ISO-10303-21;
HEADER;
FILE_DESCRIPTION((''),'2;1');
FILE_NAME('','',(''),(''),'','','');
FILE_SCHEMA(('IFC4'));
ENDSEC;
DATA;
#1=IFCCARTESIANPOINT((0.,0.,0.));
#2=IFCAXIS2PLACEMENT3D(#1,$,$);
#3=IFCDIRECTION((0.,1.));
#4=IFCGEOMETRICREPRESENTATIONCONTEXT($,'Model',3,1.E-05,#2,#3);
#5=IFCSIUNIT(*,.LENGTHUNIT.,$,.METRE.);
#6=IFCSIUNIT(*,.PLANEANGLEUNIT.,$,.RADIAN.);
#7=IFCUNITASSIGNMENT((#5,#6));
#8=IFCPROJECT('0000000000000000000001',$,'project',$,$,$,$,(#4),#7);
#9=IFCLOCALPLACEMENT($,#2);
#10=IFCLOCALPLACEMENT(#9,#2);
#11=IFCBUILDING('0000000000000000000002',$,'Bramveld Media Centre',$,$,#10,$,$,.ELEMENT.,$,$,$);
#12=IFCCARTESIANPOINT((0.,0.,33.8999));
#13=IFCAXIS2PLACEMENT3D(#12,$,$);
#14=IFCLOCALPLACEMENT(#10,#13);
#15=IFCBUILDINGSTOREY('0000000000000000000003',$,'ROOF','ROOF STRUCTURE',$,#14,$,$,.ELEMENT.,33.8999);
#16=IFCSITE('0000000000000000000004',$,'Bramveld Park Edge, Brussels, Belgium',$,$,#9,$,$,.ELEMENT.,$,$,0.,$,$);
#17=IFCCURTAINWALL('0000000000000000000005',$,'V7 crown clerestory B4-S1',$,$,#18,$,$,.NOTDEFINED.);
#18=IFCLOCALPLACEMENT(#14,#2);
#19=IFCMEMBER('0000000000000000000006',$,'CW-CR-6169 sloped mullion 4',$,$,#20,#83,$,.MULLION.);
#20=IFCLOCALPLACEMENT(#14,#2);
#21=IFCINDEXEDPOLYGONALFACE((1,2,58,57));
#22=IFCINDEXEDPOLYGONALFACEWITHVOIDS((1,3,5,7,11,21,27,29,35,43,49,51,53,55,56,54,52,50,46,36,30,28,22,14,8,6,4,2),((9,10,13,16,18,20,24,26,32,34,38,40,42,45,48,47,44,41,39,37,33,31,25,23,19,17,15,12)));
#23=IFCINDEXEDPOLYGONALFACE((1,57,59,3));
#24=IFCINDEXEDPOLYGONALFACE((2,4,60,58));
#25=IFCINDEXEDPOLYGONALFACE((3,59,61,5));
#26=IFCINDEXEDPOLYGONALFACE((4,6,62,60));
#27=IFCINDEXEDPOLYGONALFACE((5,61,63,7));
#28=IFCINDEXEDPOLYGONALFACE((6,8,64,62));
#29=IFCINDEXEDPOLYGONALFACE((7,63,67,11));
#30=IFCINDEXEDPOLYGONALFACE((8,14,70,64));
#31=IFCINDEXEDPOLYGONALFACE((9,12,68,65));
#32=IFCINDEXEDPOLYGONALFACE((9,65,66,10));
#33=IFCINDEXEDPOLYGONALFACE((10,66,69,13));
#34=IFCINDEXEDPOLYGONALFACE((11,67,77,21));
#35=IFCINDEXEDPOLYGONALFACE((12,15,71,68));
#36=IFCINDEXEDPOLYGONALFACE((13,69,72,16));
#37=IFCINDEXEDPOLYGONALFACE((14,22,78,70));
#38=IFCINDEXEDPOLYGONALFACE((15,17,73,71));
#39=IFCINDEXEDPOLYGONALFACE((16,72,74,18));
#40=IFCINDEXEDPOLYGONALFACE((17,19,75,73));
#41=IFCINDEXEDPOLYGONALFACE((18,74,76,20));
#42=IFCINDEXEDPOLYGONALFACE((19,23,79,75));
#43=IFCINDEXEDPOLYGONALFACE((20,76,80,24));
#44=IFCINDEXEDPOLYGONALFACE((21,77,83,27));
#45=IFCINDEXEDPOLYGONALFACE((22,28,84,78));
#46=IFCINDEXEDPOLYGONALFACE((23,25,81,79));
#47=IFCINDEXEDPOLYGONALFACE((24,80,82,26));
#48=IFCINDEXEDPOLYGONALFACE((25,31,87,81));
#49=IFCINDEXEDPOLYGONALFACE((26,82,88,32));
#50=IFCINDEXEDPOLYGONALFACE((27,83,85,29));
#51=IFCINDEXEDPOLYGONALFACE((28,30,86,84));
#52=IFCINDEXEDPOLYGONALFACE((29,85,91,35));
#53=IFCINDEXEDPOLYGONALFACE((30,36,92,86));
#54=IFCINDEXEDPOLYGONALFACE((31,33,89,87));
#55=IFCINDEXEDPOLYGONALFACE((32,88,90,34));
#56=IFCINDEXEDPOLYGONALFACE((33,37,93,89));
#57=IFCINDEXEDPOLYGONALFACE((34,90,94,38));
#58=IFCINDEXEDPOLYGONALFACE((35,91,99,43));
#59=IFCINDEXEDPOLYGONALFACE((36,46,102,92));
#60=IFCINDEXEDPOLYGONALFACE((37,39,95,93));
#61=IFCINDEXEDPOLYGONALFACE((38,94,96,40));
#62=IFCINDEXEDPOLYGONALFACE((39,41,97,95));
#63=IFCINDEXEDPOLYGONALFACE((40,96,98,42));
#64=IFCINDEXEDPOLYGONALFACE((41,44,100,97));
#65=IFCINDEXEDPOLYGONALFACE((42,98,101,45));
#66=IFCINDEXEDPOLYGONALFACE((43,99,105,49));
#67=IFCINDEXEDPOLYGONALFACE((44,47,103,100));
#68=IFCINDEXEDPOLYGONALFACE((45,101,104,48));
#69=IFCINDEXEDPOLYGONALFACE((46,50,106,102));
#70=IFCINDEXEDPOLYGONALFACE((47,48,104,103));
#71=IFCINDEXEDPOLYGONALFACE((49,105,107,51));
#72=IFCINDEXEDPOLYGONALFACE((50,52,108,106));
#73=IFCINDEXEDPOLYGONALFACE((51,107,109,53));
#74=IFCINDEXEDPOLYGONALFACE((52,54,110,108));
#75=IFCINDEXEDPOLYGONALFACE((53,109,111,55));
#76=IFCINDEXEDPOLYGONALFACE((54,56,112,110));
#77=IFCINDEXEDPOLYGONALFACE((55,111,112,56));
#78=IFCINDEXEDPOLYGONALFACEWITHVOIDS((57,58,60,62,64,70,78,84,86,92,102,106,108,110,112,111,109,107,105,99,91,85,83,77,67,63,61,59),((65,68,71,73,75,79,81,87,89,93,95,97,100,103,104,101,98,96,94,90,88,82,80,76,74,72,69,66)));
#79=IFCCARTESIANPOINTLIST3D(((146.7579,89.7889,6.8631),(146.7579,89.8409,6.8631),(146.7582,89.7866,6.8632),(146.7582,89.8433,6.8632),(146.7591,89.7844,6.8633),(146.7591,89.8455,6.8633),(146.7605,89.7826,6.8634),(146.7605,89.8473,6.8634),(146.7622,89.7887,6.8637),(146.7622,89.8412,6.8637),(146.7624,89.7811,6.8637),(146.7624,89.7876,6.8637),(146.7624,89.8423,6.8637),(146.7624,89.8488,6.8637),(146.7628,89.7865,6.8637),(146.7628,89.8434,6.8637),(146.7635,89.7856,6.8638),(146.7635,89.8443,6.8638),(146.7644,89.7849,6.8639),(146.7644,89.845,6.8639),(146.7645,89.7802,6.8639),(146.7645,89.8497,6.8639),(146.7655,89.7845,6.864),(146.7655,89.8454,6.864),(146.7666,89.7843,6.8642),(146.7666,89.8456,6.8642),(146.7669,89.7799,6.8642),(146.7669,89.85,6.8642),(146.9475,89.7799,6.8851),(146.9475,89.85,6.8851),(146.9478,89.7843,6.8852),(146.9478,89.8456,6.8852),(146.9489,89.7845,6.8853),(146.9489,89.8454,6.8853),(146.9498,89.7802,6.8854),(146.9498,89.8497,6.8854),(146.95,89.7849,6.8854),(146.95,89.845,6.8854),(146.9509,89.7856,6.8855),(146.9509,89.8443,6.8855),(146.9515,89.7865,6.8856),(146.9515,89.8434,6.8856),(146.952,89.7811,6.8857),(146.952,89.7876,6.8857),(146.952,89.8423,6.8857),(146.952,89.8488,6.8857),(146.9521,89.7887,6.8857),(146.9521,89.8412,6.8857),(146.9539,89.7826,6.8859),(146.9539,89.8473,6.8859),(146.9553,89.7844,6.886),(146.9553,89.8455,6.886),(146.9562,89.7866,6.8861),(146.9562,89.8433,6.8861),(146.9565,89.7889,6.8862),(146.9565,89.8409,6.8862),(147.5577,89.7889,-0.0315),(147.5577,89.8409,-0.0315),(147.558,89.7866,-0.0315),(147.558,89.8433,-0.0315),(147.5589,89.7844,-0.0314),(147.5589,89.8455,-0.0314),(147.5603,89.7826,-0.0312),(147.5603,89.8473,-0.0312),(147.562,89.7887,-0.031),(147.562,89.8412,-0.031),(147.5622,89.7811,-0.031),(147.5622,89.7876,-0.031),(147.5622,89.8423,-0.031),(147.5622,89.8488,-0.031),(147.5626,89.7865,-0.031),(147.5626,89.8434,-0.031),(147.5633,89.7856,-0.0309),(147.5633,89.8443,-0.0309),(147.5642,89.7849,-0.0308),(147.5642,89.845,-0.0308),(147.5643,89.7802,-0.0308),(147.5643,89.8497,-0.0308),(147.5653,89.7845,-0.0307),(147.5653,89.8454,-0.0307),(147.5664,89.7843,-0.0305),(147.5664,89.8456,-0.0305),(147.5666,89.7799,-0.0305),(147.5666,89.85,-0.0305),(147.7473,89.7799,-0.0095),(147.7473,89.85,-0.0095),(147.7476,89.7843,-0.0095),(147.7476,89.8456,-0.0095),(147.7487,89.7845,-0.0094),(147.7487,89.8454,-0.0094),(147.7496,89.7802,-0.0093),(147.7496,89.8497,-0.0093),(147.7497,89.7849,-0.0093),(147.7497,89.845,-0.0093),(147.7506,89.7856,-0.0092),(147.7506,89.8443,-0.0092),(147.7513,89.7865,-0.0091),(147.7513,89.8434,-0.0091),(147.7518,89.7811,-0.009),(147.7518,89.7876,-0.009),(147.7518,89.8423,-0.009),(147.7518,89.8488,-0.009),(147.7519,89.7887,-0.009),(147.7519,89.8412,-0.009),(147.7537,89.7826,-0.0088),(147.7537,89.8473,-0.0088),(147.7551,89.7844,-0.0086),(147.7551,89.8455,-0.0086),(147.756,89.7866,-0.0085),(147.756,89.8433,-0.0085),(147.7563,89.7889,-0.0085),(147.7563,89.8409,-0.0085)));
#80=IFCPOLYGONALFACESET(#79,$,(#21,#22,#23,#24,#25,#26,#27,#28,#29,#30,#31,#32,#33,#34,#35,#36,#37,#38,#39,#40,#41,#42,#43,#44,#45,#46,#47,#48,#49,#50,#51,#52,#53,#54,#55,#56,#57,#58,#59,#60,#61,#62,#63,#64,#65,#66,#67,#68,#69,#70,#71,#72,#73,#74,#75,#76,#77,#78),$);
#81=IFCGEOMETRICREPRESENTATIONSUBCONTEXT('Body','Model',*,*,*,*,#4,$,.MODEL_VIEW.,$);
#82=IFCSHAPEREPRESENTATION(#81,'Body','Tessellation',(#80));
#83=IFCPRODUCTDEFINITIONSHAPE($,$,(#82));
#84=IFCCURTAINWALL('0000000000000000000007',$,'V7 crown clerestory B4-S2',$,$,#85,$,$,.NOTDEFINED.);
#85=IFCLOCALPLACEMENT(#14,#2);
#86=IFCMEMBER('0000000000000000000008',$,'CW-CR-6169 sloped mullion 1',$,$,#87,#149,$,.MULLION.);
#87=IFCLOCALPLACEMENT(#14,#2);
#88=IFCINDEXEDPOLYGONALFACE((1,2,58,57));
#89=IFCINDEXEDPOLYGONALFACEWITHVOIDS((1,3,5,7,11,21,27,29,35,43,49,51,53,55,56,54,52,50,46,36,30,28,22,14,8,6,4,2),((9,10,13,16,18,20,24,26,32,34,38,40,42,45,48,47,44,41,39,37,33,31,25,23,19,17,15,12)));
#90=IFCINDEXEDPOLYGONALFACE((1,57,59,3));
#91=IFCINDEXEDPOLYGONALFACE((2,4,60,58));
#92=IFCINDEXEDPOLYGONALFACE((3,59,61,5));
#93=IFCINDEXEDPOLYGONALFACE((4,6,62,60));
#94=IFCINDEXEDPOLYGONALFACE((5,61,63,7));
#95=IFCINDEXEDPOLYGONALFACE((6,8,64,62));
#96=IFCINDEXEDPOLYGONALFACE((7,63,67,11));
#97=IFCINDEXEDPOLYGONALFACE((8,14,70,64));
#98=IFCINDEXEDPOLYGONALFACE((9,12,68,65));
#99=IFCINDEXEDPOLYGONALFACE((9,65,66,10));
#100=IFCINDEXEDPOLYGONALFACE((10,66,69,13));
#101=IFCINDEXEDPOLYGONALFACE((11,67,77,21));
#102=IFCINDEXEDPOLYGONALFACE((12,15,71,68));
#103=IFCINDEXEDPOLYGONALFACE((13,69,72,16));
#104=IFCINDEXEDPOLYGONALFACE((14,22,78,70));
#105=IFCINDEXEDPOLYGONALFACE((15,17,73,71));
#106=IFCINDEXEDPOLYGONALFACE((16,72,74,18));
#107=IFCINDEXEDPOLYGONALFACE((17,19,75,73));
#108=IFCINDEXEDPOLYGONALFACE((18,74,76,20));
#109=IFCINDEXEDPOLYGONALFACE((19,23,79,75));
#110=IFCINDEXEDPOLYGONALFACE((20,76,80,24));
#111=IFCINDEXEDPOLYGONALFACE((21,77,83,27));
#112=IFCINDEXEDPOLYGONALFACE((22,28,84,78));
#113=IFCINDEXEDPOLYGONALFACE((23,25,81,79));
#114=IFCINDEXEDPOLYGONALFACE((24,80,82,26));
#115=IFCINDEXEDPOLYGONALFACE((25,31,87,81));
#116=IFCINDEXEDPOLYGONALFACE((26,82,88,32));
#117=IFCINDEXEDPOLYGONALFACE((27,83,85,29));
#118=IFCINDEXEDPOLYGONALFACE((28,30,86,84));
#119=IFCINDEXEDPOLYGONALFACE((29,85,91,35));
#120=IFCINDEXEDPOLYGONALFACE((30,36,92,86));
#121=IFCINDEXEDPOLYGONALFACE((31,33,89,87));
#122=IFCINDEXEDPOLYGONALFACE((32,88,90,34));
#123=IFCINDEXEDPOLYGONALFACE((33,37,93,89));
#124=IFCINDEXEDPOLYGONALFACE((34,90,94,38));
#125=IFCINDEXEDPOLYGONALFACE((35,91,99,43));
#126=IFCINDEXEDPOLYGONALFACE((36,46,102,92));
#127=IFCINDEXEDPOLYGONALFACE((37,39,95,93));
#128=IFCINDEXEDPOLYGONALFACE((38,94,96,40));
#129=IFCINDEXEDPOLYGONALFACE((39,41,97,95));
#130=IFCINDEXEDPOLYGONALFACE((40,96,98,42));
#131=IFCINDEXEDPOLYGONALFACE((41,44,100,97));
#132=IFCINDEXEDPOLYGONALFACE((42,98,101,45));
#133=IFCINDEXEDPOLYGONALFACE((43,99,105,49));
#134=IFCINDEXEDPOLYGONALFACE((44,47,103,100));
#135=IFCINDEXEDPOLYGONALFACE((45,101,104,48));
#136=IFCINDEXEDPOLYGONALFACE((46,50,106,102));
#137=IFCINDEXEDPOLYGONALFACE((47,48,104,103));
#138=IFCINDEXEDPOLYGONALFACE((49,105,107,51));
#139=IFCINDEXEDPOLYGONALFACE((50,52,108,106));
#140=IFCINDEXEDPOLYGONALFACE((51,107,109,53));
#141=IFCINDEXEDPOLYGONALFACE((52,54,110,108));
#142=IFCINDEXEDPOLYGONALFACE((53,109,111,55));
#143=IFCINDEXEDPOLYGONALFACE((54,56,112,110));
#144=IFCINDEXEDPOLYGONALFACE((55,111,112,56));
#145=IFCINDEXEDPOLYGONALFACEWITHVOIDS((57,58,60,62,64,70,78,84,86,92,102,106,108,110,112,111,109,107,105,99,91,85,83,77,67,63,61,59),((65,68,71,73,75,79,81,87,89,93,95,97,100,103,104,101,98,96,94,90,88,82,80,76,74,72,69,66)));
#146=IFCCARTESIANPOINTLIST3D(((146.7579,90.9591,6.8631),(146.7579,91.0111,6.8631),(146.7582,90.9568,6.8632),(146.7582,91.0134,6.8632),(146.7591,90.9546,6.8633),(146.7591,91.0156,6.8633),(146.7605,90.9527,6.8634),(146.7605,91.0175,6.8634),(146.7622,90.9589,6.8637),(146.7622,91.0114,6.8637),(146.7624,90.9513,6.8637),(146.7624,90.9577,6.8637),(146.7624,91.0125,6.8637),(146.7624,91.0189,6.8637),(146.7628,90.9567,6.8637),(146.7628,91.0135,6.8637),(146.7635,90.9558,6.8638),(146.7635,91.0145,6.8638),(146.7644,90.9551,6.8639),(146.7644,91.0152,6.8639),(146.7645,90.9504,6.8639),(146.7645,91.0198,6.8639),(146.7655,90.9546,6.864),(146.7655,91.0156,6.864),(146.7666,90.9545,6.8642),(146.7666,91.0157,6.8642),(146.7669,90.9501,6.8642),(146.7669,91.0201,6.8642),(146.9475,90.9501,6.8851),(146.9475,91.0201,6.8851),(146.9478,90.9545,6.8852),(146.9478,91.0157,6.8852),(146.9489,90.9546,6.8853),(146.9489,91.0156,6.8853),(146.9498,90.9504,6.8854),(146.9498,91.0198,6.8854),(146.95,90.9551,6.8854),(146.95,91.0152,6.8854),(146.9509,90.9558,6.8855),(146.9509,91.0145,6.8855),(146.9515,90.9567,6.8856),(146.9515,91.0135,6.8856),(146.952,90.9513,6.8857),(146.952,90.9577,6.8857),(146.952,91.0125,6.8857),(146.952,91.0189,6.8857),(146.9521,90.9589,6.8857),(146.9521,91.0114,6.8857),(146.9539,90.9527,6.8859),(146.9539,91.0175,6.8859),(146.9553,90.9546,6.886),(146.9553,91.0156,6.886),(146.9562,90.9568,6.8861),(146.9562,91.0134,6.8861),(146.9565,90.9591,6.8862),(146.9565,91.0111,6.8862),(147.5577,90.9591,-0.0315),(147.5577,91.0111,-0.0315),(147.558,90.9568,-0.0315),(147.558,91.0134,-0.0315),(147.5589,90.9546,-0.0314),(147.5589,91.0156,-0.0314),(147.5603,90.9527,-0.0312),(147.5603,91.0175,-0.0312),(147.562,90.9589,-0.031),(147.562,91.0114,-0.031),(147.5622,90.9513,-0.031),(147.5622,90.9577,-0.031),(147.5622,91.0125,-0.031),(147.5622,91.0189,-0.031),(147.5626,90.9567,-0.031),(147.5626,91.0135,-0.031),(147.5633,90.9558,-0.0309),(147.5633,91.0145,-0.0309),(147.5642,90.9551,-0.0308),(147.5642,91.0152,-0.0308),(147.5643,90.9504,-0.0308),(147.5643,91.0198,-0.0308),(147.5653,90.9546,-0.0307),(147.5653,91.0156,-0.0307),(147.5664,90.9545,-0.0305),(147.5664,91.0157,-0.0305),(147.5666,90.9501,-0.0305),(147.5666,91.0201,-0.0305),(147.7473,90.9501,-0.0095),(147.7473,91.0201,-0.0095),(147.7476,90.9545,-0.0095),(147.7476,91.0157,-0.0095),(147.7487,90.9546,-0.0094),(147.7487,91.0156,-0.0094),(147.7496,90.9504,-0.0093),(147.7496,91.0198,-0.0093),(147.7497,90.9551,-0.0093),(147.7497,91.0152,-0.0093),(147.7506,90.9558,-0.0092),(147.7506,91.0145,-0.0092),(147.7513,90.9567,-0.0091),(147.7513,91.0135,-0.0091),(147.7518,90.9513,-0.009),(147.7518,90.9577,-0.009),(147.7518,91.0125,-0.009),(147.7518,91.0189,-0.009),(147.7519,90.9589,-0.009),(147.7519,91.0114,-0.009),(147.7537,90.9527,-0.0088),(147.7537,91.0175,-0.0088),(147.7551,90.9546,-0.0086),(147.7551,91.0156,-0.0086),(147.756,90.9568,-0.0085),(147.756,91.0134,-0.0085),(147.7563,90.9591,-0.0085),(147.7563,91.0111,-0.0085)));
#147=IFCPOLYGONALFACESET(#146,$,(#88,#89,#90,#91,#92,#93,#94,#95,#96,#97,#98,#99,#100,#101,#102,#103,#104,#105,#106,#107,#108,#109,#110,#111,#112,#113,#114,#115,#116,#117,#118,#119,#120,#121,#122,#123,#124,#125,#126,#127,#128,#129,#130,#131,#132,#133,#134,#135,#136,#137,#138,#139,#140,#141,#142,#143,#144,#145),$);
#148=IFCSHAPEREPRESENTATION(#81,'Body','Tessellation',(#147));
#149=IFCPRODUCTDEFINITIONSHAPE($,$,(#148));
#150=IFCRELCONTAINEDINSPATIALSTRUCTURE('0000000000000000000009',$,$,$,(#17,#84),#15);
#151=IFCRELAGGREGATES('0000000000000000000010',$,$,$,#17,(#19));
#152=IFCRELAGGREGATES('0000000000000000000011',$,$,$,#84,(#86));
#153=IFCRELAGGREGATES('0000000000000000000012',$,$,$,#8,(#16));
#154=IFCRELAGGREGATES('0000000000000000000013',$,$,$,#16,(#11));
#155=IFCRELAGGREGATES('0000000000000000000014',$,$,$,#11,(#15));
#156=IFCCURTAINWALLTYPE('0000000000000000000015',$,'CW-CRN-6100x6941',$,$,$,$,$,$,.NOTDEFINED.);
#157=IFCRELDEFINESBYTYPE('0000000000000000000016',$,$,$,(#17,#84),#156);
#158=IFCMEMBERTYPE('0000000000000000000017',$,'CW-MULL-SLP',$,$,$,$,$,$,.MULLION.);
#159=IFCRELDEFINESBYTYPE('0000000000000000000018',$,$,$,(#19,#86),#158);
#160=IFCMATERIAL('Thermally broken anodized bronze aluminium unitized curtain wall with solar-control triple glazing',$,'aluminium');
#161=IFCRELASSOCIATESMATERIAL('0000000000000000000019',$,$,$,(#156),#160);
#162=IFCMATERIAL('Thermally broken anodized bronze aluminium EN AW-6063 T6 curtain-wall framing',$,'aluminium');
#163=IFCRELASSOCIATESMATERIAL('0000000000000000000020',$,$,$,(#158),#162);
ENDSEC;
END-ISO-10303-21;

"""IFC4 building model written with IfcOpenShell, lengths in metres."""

from ifc_helpers import new_model, si_unit, direction, frame, origin, origin_2d, place, context, subcontext, project, spatial, hollow_rectangle, extrude, material, material_profile, profile_set, type_object, element, aggregate, save


model = new_model("IFC4")

# Units and contexts
model_context = context("Model", 3, precision=1e-05, world=origin(), true_north=direction((0.0, 1.0)))
body_context = subcontext(model_context, "Body", "Model", "MODEL_VIEW")
ifc_project = project(units=[si_unit("LENGTHUNIT", "METRE"), si_unit("PLANEANGLEUNIT", "RADIAN")], contexts=[model_context])

# Site, building, storey
site_placement = place(None, origin())
site = spatial("IfcSite", under=ifc_project, at=site_placement, Name="Bramveld Park Edge, Brussels, Belgium", CompositionType="ELEMENT", RefElevation=0.0)
building_placement = place(site_placement, origin())
building = spatial("IfcBuilding", under=site, at=building_placement, Name="Bramveld Media Centre", CompositionType="ELEMENT")
storey_placement = place(building_placement, frame((0.0, 0.0, 33.8999)))
storey = spatial("IfcBuildingStorey", under=building, at=storey_placement, Name="ROOF", Description="ROOF STRUCTURE", CompositionType="ELEMENT", Elevation=33.8999)

# Curtain wall, member
ifc_material_1 = material(Name="Thermally broken anodized bronze aluminium unitized curtain wall with solar-control triple glazing", Category="aluminium")
curtain_wall_type = type_object("IfcCurtainWallType", Name="CW-CRN-6100x6941", PredefinedType="NOTDEFINED", material=ifc_material_1)
curtain_wall_1_placement = place(storey_placement, origin())
curtain_wall_1 = element("IfcCurtainWall", 1, at=curtain_wall_1_placement, inside=storey, type_object=curtain_wall_type, Name="V7 crown clerestory B4-S1", PredefinedType="NOTDEFINED")
ifc_material_2 = material(Name="Thermally broken anodized bronze aluminium EN AW-6063 T6 curtain-wall framing", Category="aluminium")
ifc_material_profile_1 = material_profile(ifc_material_2, hollow_rectangle(XDim=0.0701, YDim=0.2, WallThickness=0.0044, InnerFilletRadius=0.0044, OuterFilletRadius=0.009, at=origin_2d()), Name="AL-MULL 70x200")
ifc_profile_set_1 = profile_set([ifc_material_profile_1], Name="Thermally broken anodized bronze aluminium EN AW-6063 T6 curtain-wall framing")
member_type_1 = type_object("IfcMemberType", Name="CW-MULL-SLP", PredefinedType="MULLION", material=ifc_profile_set_1)
member_1_placement = place(storey_placement, frame((147.657, 89.8149, -0.02), z_axis=(-0.115229, 0.0, 0.993339), x_axis=(0.0, -1.0, 0.0)))
member_1 = element("IfcMember", 2, at=member_1_placement, type_object=member_type_1, Name="CW-CR-6169 sloped mullion 4", PredefinedType="MULLION", context=body_context, shape_type="SweptSolid", body=[
    extrude(hollow_rectangle(XDim=0.0701, YDim=0.2, WallThickness=0.0044, InnerFilletRadius=0.0044, OuterFilletRadius=0.009, at=origin_2d()), origin(), (0.0, 0.0, 1.0), 6.9409),
])
aggregate(curtain_wall_1, [member_1])

# Curtain wall, member
curtain_wall_2_placement = place(storey_placement, origin())
curtain_wall_2 = element("IfcCurtainWall", 3, at=curtain_wall_2_placement, inside=storey, type_object=curtain_wall_type, Name="V7 crown clerestory B4-S2", PredefinedType="NOTDEFINED")
member_2_placement = place(storey_placement, frame((147.657, 90.9851, -0.02), z_axis=(-0.115229, 0.0, 0.993339), x_axis=(0.0, -1.0, 0.0)))
member_2 = element("IfcMember", 4, at=member_2_placement, type_object=member_type_1, Name="CW-CR-6169 sloped mullion 1", PredefinedType="MULLION", context=body_context, shape_type="SweptSolid", body=[
    extrude(hollow_rectangle(XDim=0.0701, YDim=0.2, WallThickness=0.0044, InnerFilletRadius=0.0044, OuterFilletRadius=0.009, at=origin_2d()), origin(), (0.0, 0.0, 1.0), 6.9409),
])

aggregate(curtain_wall_2, [member_2])

save(model, "model.ifc")
